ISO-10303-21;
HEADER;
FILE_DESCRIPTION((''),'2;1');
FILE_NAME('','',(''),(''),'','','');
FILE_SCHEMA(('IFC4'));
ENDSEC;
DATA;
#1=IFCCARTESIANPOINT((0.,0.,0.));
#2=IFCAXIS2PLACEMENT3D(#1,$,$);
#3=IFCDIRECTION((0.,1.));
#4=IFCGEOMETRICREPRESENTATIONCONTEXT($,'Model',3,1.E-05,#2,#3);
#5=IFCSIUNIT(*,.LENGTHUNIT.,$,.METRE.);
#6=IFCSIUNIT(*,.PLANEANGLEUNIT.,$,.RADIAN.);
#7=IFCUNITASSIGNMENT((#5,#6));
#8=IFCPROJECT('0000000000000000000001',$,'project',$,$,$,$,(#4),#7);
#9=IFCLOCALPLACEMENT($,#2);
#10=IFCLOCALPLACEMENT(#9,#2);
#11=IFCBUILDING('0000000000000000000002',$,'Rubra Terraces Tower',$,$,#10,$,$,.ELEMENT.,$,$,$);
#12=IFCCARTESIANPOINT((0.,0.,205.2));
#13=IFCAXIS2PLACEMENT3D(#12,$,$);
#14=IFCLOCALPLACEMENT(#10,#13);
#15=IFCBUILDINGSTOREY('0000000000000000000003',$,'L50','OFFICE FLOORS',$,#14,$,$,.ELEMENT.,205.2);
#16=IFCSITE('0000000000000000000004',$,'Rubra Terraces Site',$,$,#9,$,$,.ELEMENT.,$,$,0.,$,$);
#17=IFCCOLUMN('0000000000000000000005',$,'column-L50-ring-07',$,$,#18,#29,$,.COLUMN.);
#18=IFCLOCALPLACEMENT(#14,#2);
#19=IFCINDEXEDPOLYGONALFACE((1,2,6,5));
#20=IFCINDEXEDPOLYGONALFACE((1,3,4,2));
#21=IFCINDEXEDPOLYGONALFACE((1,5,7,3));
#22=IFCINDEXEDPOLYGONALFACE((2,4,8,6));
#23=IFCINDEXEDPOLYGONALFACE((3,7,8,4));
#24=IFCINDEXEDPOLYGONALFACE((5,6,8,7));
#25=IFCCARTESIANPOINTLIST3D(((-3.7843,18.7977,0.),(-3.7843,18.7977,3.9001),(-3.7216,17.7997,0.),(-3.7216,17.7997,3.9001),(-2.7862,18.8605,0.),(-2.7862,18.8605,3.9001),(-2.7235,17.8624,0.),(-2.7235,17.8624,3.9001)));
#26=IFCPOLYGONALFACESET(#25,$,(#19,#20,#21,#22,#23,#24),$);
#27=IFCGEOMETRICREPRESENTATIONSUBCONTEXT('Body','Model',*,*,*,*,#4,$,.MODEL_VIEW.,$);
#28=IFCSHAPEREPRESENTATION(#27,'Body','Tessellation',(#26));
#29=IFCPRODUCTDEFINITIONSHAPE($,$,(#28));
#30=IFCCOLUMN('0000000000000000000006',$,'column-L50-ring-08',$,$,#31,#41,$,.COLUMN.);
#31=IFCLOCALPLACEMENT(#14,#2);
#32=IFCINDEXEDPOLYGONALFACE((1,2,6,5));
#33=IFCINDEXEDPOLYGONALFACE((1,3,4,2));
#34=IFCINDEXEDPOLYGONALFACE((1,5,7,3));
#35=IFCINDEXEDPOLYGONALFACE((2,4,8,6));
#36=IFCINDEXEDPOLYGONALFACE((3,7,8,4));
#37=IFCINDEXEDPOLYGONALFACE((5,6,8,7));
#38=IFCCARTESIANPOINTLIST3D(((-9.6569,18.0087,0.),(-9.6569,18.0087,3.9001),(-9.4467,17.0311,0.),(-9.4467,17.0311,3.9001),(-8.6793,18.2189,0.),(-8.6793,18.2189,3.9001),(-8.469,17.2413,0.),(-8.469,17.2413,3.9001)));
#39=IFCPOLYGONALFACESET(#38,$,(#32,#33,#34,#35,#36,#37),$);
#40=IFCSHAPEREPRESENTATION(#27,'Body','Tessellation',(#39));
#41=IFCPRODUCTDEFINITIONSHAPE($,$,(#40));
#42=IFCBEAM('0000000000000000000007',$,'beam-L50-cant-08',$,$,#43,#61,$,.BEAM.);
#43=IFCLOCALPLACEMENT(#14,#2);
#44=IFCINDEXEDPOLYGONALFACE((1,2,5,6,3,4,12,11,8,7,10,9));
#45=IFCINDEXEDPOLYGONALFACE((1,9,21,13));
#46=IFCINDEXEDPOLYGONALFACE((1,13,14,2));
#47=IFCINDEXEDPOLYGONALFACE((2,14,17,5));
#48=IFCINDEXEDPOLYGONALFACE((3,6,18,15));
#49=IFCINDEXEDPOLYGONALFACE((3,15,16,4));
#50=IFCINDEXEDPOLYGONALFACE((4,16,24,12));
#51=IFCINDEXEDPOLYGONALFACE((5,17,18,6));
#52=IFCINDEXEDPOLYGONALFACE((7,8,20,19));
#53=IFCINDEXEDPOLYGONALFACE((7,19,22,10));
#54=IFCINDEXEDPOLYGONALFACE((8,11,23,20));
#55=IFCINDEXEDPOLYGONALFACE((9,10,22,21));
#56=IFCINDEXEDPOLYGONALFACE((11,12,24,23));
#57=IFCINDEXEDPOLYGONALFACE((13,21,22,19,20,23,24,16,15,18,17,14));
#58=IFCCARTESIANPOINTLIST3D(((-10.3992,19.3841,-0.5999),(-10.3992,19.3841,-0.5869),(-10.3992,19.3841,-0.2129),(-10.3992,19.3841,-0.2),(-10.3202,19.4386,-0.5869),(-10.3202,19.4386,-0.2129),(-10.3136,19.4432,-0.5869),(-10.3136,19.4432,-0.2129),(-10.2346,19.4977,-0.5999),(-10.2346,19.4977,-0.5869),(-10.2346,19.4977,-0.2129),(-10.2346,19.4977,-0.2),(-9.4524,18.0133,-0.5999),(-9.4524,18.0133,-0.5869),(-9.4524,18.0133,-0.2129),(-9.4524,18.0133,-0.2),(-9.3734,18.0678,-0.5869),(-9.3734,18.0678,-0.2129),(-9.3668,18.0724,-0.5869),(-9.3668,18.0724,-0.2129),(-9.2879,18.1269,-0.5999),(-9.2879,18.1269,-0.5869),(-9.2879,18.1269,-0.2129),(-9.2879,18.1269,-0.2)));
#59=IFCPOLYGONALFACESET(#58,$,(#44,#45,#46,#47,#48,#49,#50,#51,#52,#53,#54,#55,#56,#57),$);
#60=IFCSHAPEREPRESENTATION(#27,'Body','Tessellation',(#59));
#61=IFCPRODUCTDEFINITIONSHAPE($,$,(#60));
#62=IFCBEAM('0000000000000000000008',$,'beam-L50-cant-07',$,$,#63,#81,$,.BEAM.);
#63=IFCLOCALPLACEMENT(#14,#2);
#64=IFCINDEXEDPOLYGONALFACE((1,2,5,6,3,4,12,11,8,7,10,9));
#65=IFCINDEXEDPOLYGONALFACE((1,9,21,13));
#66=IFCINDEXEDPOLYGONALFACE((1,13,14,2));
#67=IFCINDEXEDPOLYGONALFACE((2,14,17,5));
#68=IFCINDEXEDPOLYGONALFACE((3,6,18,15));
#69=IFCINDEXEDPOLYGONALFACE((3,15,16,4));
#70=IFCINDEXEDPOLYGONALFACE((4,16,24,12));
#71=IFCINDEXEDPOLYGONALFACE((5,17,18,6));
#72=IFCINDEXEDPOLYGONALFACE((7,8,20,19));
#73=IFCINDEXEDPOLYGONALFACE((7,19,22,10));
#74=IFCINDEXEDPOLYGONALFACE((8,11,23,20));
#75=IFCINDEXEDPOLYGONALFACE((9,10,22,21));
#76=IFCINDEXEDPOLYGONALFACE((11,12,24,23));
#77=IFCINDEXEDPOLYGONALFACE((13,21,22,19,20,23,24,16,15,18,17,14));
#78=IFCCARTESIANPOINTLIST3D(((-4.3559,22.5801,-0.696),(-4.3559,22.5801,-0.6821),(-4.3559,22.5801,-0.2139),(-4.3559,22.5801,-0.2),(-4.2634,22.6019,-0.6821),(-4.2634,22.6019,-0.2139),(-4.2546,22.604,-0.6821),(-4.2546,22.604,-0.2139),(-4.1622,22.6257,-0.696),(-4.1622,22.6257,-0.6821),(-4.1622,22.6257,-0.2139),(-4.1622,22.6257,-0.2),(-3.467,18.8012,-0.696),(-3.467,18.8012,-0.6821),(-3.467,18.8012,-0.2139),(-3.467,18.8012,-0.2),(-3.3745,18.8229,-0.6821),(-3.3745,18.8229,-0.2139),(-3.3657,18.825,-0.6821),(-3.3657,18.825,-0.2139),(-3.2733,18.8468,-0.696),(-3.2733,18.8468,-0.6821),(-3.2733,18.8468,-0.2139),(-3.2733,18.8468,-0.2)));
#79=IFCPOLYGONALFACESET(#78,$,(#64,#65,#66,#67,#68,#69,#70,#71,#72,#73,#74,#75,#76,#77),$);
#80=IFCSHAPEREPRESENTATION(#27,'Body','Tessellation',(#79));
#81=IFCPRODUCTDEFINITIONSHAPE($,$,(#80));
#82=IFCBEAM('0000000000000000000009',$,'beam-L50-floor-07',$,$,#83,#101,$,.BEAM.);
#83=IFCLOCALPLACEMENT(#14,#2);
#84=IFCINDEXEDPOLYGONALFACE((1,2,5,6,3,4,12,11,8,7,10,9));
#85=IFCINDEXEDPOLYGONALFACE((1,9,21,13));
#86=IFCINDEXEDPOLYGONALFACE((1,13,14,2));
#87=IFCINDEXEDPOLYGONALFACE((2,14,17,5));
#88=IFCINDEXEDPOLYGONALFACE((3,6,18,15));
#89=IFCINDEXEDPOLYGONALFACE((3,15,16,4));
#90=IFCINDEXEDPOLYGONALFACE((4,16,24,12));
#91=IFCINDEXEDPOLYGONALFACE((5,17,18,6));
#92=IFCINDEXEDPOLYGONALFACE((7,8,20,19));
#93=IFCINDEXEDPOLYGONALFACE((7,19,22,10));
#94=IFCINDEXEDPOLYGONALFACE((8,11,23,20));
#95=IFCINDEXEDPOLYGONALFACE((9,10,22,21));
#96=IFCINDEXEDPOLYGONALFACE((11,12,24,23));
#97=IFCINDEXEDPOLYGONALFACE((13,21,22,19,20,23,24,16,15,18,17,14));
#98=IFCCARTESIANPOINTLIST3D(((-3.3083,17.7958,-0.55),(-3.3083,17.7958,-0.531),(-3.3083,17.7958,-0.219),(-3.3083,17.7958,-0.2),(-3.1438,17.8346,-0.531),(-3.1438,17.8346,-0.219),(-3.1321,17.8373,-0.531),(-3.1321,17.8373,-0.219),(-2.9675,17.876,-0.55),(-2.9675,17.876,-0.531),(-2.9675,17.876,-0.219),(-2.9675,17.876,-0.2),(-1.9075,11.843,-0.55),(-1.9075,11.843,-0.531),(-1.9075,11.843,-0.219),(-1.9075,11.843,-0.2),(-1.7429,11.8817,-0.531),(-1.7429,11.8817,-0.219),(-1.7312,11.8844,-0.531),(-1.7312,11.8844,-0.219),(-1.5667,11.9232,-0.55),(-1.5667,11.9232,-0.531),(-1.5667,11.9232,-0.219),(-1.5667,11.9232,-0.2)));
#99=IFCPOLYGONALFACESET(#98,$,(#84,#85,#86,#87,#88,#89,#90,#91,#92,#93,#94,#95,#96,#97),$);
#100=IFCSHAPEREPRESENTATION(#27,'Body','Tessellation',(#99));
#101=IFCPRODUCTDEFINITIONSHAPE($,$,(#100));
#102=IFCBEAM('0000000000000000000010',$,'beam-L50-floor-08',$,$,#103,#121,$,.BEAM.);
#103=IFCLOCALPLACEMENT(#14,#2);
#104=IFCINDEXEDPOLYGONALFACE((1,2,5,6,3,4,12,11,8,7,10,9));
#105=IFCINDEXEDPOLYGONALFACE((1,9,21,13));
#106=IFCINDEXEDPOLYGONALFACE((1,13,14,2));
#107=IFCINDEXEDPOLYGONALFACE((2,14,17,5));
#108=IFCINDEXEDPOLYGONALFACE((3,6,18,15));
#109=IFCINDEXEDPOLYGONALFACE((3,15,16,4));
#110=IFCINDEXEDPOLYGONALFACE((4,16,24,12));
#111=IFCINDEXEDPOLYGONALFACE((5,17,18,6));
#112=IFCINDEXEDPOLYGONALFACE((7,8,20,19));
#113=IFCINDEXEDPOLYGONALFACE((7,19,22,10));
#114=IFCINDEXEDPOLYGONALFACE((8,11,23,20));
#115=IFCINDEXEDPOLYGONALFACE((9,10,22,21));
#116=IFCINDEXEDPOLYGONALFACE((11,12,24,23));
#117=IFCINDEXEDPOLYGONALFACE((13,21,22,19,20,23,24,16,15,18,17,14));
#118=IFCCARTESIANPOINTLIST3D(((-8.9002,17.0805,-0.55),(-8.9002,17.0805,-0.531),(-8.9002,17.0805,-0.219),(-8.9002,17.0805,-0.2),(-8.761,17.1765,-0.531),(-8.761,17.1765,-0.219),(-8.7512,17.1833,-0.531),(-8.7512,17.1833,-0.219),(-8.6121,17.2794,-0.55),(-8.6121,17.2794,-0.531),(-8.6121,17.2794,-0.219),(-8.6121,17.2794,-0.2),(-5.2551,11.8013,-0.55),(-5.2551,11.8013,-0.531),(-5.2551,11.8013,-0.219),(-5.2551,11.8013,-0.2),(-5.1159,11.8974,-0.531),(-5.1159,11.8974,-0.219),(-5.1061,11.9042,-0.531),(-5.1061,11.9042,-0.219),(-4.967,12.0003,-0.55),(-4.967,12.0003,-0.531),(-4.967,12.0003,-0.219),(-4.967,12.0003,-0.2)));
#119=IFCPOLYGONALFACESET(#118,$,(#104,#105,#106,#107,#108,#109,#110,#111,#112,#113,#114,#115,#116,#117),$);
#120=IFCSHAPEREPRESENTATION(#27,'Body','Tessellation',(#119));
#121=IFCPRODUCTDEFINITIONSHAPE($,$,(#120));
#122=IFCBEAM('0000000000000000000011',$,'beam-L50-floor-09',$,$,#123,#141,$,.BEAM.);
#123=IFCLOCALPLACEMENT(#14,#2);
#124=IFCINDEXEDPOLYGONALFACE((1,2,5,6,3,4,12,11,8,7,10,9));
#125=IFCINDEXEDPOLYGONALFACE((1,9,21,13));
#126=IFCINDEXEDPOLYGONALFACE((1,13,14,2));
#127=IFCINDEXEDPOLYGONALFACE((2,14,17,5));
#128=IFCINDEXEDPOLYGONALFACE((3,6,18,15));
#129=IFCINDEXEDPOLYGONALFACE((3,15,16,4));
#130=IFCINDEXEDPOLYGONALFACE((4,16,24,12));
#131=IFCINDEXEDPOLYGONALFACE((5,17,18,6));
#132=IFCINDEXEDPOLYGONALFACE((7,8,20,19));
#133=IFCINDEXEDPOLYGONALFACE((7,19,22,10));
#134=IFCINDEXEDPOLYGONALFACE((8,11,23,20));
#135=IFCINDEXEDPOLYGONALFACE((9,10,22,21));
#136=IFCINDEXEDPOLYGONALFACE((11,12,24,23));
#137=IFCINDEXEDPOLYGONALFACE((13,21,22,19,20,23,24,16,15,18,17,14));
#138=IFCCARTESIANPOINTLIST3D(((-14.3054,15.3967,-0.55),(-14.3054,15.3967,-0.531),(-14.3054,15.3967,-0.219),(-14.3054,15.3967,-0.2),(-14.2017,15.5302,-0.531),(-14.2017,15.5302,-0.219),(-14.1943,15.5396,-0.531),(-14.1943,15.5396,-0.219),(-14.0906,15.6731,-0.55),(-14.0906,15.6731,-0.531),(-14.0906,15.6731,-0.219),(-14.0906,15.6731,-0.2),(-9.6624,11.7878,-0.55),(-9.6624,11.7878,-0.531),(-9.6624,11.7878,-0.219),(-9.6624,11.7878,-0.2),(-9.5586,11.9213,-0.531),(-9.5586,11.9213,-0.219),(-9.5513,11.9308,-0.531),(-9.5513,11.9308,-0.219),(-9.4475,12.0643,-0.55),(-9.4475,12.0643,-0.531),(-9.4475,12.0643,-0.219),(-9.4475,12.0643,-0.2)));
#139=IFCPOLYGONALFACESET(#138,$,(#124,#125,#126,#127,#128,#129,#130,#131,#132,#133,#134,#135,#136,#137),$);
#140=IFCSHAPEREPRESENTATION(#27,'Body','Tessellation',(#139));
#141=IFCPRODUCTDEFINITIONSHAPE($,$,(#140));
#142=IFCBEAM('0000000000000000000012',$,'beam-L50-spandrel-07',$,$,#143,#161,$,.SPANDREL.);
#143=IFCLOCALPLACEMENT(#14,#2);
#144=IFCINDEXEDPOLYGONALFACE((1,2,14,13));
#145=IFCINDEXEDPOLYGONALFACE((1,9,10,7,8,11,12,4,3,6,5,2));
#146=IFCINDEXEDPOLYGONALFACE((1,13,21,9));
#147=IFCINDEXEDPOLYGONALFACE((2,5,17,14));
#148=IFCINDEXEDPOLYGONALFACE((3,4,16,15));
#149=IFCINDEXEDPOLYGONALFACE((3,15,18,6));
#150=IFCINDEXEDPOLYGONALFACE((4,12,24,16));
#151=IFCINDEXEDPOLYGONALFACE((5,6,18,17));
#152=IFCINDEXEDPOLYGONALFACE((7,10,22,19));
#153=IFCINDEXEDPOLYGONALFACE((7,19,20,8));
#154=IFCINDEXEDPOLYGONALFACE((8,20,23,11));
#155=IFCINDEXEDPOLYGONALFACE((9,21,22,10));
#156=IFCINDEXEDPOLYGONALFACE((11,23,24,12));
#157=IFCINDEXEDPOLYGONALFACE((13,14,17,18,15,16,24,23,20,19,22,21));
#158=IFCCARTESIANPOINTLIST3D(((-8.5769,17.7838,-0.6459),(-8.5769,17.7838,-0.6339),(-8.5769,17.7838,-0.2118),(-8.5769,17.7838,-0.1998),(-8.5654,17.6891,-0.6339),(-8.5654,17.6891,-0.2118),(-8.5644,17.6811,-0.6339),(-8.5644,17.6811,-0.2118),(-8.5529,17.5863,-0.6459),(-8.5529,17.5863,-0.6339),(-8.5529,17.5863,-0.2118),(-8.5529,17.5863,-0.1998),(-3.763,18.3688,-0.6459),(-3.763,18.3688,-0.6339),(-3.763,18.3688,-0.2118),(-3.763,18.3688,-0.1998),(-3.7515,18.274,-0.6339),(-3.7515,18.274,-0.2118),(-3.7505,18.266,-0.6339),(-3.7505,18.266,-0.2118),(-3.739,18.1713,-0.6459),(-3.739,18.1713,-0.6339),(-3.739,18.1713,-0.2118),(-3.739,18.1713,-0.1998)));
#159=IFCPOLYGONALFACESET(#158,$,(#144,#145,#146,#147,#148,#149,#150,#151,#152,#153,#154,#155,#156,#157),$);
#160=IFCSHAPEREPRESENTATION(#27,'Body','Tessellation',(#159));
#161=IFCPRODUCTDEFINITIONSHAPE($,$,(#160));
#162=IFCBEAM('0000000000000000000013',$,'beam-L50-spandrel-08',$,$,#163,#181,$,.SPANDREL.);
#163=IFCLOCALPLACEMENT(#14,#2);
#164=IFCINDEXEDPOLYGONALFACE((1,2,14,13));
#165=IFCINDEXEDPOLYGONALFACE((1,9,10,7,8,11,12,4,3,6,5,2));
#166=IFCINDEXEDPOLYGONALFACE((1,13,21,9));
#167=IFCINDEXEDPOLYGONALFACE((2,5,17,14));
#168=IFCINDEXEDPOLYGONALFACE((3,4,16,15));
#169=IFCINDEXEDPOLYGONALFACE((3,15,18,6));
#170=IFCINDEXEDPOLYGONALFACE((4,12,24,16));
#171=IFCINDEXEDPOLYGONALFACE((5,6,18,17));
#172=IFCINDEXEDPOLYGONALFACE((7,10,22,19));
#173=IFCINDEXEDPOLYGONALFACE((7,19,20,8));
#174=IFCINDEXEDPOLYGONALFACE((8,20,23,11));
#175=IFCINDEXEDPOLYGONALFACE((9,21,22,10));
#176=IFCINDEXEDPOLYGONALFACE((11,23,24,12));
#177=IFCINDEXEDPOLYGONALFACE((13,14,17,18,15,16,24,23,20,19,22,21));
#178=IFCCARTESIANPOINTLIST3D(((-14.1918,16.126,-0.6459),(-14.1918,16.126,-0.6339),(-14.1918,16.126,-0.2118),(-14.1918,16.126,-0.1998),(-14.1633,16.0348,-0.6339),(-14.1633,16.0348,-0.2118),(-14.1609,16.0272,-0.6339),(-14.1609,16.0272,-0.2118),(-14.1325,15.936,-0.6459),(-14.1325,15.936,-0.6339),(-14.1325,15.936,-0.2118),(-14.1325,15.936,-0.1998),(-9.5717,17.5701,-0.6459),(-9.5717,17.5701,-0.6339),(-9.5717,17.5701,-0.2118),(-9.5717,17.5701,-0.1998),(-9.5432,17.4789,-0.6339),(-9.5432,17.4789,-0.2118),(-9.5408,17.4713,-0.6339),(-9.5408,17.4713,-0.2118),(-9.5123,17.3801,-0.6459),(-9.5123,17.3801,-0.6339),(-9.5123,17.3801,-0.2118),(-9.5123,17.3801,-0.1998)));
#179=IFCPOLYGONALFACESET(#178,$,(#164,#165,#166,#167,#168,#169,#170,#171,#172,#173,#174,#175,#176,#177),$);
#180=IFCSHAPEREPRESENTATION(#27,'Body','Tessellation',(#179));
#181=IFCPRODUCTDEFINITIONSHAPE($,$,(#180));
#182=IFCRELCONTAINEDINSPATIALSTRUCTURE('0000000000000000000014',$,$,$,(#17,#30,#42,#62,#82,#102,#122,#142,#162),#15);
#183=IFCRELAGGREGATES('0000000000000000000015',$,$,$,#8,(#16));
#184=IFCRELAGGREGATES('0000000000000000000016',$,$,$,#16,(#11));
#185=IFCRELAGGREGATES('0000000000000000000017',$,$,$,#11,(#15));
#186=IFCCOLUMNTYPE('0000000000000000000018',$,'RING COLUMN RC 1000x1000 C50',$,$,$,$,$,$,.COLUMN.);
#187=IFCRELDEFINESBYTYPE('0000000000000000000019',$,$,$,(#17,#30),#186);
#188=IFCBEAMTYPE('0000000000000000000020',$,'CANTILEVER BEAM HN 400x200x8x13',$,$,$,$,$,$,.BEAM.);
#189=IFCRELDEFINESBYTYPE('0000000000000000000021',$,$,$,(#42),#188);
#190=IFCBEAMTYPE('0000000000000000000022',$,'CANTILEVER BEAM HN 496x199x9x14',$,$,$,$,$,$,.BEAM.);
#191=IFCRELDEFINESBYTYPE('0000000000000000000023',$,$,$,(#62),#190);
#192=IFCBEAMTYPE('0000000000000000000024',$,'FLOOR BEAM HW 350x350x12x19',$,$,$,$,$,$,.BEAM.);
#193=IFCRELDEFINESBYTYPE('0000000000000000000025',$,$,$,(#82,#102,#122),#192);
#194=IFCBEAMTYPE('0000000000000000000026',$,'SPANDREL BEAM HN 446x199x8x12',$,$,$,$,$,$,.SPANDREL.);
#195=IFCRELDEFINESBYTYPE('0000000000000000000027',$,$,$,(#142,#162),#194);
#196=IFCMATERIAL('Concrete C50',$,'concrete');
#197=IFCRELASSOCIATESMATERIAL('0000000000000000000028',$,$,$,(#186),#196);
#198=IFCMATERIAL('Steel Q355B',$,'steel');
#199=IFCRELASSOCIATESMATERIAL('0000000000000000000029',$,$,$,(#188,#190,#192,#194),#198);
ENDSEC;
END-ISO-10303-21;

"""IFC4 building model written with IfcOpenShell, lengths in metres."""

from ifc_helpers import new_model, si_unit, direction, frame, origin, origin_2d, place, context, subcontext, project, spatial, rectangle, i_section, extrude, material, material_profile, profile_set, type_object, element, save


model = new_model("IFC4")

# Units and contexts
model_context = context("Model", 3, precision=1e-05, world=origin(), true_north=direction((0.0, 1.0)))
body_context = subcontext(model_context, "Body", "Model", "MODEL_VIEW")
ifc_project = project(units=[si_unit("LENGTHUNIT", "METRE"), si_unit("PLANEANGLEUNIT", "RADIAN")], contexts=[model_context])

# Site, building, storey
site_placement = place(None, origin())
site = spatial("IfcSite", under=ifc_project, at=site_placement, Name="Rubra Terraces Site", CompositionType="ELEMENT", RefElevation=0.0)
building_placement = place(site_placement, origin())
building = spatial("IfcBuilding", under=site, at=building_placement, Name="Rubra Terraces Tower", CompositionType="ELEMENT")
storey_placement = place(building_placement, frame((0.0, 0.0, 205.2)))
storey = spatial("IfcBuildingStorey", under=building, at=storey_placement, Name="L50", Description="OFFICE FLOORS", CompositionType="ELEMENT", Elevation=205.2)

# Columns
ifc_material_1 = material(Name="Concrete C50", Category="concrete")
ifc_material_profile_1 = material_profile(ifc_material_1, rectangle(XDim=1.0, YDim=1.0, at=origin_2d()), Name="RC 1000x1000")
ifc_profile_set_1 = profile_set([ifc_material_profile_1], Name="Concrete C50")
column_type = type_object("IfcColumnType", Name="RING COLUMN RC 1000x1000 C50", PredefinedType="COLUMN", material=ifc_profile_set_1)
for number, where, z_axis, x_axis, name in (
    (1, (-3.2539, 18.3301, 0.0), (0.0, 0.0, 1.0), (-0.998032, -0.062714, 0.0), "column-L50-ring-07"),
    (2, (-9.063, 17.625, 0.0), (0.0, 0.0, 1.0), (-0.977653, -0.210227, 0.0), "column-L50-ring-08"),
):
    element("IfcColumn", number, at=place(storey_placement, frame(where, z_axis=z_axis, x_axis=x_axis)), inside=storey, type_object=column_type, Name=name, PredefinedType="COLUMN", context=body_context, shape_type="SweptSolid", body=[
        extrude(rectangle(XDim=1.0, YDim=1.0, at=origin_2d()), origin(), (0.0, 0.0, 1.0), 3.9001),
    ])

# Beams
ifc_material_2 = material(Name="Steel Q355B", Category="steel")
ifc_material_profile_2 = material_profile(ifc_material_2, i_section(OverallWidth=0.2, OverallDepth=0.3999, WebThickness=0.0081, FlangeThickness=0.0129, at=origin_2d()), Name="HN 400x200x8x13")
ifc_profile_set_2 = profile_set([ifc_material_profile_2], Name="Steel Q355B")
beam_type_1 = type_object("IfcBeamType", Name="CANTILEVER BEAM HN 400x200x8x13", PredefinedType="BEAM", material=ifc_profile_set_2)
beam_1_placement = place(storey_placement, frame((-9.3701, 18.0701, -0.3999), z_axis=(-0.568288, 0.82283, 0.0), x_axis=(-0.82283, -0.568288, 0.0)))
element("IfcBeam", 3, at=beam_1_placement, inside=storey, type_object=beam_type_1, Name="beam-L50-cant-08", PredefinedType="BEAM", context=body_context, shape_type="SweptSolid", body=[
    extrude(i_section(OverallWidth=0.2, OverallDepth=0.3999, WebThickness=0.0081, FlangeThickness=0.0129, at=origin_2d()), origin(), (0.0, 0.0, 1.0), 1.666),
])
ifc_material_profile_3 = material_profile(ifc_material_2, i_section(OverallWidth=0.199, OverallDepth=0.4961, WebThickness=0.009, FlangeThickness=0.0139, at=origin_2d()), Name="HN 496x199x9x14")
ifc_profile_set_3 = profile_set([ifc_material_profile_3], Name="Steel Q355B")
beam_type_2 = type_object("IfcBeamType", Name="CANTILEVER BEAM HN 496x199x9x14", PredefinedType="BEAM", material=ifc_profile_set_3)
beam_2_placement = place(storey_placement, frame((-3.3701, 18.824, -0.448), z_axis=(-0.228973, 0.973433, 0.0), x_axis=(-0.973433, -0.228973, 0.0)))
element("IfcBeam", 4, at=beam_2_placement, inside=storey, type_object=beam_type_2, Name="beam-L50-cant-07", PredefinedType="BEAM", context=body_context, shape_type="SweptSolid", body=[
    extrude(i_section(OverallWidth=0.199, OverallDepth=0.4961, WebThickness=0.009, FlangeThickness=0.0139, at=origin_2d()), origin(), (0.0, 0.0, 1.0), 3.8821),
])
ifc_material_profile_4 = material_profile(ifc_material_2, i_section(OverallWidth=0.3501, OverallDepth=0.3501, WebThickness=0.012, FlangeThickness=0.019, at=origin_2d()), Name="HW 350x350x12x19")
ifc_profile_set_4 = profile_set([ifc_material_profile_4], Name="Steel Q355B")
beam_type_3 = type_object("IfcBeamType", Name="FLOOR BEAM HW 350x350x12x19", PredefinedType="BEAM", material=ifc_profile_set_4)
beam_3_placement = place(storey_placement, frame((-3.1379, 17.8359, -0.375), z_axis=(0.22907, -0.97341, 0.0), x_axis=(0.97341, 0.22907, 0.0)))
element("IfcBeam", 5, at=beam_3_placement, inside=storey, type_object=beam_type_3, Name="beam-L50-floor-07", PredefinedType="BEAM", context=body_context, shape_type="SweptSolid", body=[
    extrude(i_section(OverallWidth=0.3501, OverallDepth=0.3501, WebThickness=0.012, FlangeThickness=0.019, at=origin_2d()), origin(), (0.0, 0.0, 1.0), 6.1155),
])
beam_4_placement = place(storey_placement, frame((-8.7561, 17.1799, -0.375), z_axis=(0.568186, -0.8229, 0.0), x_axis=(0.8229, 0.568186, 0.0)))
element("IfcBeam", 6, at=beam_4_placement, inside=storey, type_object=beam_type_3, Name="beam-L50-floor-08", PredefinedType="BEAM", context=body_context, shape_type="SweptSolid", body=[
    extrude(i_section(OverallWidth=0.3501, OverallDepth=0.3501, WebThickness=0.012, FlangeThickness=0.019, at=origin_2d()), origin(), (0.0, 0.0, 1.0), 6.4153),
])
beam_5_placement = place(storey_placement, frame((-14.198, 15.5349, -0.375), z_axis=(0.789549, -0.613688, 0.0), x_axis=(0.613688, 0.789549, 0.0)))
element("IfcBeam", 7, at=beam_5_placement, inside=storey, type_object=beam_type_3, Name="beam-L50-floor-09", PredefinedType="BEAM", context=body_context, shape_type="SweptSolid", body=[
    extrude(i_section(OverallWidth=0.3501, OverallDepth=0.3501, WebThickness=0.012, FlangeThickness=0.019, at=origin_2d()), origin(), (0.0, 0.0, 1.0), 5.8806),
])
ifc_material_profile_5 = material_profile(ifc_material_2, i_section(OverallWidth=0.199, OverallDepth=0.446, WebThickness=0.0081, FlangeThickness=0.012, at=origin_2d()), Name="HN 446x199x8x12")
ifc_profile_set_5 = profile_set([ifc_material_profile_5], Name="Steel Q355B")
beam_type_4 = type_object("IfcBeamType", Name="SPANDREL BEAM HN 446x199x8x12", PredefinedType="SPANDREL", material=ifc_profile_set_5)
beam_6_placement = place(storey_placement, frame((-3.751, 18.27, -0.4229), z_axis=(-0.992698, -0.120626, 0.0), x_axis=(0.120626, -0.992698, 0.0)))
element("IfcBeam", 8, at=beam_6_placement, inside=storey, type_object=beam_type_4, Name="beam-L50-spandrel-07", PredefinedType="SPANDREL", context=body_context, shape_type="SweptSolid", body=[
    extrude(i_section(OverallWidth=0.199, OverallDepth=0.446, WebThickness=0.0081, FlangeThickness=0.012, at=origin_2d()), origin(), (0.0, 0.0, 1.0), 4.8494),
])
beam_7_placement = place(storey_placement, frame((-9.542, 17.4751, -0.4229), z_axis=(-0.954462, -0.298332, 0.0), x_axis=(0.298332, -0.954462, 0.0)))
element("IfcBeam", 9, at=beam_7_placement, inside=storey, type_object=beam_type_4, Name="beam-L50-spandrel-08", PredefinedType="SPANDREL", context=body_context, shape_type="SweptSolid", body=[
    extrude(i_section(OverallWidth=0.199, OverallDepth=0.446, WebThickness=0.0081, FlangeThickness=0.012, at=origin_2d()), origin(), (0.0, 0.0, 1.0), 4.8406),
])

save(model, "model.ifc")
